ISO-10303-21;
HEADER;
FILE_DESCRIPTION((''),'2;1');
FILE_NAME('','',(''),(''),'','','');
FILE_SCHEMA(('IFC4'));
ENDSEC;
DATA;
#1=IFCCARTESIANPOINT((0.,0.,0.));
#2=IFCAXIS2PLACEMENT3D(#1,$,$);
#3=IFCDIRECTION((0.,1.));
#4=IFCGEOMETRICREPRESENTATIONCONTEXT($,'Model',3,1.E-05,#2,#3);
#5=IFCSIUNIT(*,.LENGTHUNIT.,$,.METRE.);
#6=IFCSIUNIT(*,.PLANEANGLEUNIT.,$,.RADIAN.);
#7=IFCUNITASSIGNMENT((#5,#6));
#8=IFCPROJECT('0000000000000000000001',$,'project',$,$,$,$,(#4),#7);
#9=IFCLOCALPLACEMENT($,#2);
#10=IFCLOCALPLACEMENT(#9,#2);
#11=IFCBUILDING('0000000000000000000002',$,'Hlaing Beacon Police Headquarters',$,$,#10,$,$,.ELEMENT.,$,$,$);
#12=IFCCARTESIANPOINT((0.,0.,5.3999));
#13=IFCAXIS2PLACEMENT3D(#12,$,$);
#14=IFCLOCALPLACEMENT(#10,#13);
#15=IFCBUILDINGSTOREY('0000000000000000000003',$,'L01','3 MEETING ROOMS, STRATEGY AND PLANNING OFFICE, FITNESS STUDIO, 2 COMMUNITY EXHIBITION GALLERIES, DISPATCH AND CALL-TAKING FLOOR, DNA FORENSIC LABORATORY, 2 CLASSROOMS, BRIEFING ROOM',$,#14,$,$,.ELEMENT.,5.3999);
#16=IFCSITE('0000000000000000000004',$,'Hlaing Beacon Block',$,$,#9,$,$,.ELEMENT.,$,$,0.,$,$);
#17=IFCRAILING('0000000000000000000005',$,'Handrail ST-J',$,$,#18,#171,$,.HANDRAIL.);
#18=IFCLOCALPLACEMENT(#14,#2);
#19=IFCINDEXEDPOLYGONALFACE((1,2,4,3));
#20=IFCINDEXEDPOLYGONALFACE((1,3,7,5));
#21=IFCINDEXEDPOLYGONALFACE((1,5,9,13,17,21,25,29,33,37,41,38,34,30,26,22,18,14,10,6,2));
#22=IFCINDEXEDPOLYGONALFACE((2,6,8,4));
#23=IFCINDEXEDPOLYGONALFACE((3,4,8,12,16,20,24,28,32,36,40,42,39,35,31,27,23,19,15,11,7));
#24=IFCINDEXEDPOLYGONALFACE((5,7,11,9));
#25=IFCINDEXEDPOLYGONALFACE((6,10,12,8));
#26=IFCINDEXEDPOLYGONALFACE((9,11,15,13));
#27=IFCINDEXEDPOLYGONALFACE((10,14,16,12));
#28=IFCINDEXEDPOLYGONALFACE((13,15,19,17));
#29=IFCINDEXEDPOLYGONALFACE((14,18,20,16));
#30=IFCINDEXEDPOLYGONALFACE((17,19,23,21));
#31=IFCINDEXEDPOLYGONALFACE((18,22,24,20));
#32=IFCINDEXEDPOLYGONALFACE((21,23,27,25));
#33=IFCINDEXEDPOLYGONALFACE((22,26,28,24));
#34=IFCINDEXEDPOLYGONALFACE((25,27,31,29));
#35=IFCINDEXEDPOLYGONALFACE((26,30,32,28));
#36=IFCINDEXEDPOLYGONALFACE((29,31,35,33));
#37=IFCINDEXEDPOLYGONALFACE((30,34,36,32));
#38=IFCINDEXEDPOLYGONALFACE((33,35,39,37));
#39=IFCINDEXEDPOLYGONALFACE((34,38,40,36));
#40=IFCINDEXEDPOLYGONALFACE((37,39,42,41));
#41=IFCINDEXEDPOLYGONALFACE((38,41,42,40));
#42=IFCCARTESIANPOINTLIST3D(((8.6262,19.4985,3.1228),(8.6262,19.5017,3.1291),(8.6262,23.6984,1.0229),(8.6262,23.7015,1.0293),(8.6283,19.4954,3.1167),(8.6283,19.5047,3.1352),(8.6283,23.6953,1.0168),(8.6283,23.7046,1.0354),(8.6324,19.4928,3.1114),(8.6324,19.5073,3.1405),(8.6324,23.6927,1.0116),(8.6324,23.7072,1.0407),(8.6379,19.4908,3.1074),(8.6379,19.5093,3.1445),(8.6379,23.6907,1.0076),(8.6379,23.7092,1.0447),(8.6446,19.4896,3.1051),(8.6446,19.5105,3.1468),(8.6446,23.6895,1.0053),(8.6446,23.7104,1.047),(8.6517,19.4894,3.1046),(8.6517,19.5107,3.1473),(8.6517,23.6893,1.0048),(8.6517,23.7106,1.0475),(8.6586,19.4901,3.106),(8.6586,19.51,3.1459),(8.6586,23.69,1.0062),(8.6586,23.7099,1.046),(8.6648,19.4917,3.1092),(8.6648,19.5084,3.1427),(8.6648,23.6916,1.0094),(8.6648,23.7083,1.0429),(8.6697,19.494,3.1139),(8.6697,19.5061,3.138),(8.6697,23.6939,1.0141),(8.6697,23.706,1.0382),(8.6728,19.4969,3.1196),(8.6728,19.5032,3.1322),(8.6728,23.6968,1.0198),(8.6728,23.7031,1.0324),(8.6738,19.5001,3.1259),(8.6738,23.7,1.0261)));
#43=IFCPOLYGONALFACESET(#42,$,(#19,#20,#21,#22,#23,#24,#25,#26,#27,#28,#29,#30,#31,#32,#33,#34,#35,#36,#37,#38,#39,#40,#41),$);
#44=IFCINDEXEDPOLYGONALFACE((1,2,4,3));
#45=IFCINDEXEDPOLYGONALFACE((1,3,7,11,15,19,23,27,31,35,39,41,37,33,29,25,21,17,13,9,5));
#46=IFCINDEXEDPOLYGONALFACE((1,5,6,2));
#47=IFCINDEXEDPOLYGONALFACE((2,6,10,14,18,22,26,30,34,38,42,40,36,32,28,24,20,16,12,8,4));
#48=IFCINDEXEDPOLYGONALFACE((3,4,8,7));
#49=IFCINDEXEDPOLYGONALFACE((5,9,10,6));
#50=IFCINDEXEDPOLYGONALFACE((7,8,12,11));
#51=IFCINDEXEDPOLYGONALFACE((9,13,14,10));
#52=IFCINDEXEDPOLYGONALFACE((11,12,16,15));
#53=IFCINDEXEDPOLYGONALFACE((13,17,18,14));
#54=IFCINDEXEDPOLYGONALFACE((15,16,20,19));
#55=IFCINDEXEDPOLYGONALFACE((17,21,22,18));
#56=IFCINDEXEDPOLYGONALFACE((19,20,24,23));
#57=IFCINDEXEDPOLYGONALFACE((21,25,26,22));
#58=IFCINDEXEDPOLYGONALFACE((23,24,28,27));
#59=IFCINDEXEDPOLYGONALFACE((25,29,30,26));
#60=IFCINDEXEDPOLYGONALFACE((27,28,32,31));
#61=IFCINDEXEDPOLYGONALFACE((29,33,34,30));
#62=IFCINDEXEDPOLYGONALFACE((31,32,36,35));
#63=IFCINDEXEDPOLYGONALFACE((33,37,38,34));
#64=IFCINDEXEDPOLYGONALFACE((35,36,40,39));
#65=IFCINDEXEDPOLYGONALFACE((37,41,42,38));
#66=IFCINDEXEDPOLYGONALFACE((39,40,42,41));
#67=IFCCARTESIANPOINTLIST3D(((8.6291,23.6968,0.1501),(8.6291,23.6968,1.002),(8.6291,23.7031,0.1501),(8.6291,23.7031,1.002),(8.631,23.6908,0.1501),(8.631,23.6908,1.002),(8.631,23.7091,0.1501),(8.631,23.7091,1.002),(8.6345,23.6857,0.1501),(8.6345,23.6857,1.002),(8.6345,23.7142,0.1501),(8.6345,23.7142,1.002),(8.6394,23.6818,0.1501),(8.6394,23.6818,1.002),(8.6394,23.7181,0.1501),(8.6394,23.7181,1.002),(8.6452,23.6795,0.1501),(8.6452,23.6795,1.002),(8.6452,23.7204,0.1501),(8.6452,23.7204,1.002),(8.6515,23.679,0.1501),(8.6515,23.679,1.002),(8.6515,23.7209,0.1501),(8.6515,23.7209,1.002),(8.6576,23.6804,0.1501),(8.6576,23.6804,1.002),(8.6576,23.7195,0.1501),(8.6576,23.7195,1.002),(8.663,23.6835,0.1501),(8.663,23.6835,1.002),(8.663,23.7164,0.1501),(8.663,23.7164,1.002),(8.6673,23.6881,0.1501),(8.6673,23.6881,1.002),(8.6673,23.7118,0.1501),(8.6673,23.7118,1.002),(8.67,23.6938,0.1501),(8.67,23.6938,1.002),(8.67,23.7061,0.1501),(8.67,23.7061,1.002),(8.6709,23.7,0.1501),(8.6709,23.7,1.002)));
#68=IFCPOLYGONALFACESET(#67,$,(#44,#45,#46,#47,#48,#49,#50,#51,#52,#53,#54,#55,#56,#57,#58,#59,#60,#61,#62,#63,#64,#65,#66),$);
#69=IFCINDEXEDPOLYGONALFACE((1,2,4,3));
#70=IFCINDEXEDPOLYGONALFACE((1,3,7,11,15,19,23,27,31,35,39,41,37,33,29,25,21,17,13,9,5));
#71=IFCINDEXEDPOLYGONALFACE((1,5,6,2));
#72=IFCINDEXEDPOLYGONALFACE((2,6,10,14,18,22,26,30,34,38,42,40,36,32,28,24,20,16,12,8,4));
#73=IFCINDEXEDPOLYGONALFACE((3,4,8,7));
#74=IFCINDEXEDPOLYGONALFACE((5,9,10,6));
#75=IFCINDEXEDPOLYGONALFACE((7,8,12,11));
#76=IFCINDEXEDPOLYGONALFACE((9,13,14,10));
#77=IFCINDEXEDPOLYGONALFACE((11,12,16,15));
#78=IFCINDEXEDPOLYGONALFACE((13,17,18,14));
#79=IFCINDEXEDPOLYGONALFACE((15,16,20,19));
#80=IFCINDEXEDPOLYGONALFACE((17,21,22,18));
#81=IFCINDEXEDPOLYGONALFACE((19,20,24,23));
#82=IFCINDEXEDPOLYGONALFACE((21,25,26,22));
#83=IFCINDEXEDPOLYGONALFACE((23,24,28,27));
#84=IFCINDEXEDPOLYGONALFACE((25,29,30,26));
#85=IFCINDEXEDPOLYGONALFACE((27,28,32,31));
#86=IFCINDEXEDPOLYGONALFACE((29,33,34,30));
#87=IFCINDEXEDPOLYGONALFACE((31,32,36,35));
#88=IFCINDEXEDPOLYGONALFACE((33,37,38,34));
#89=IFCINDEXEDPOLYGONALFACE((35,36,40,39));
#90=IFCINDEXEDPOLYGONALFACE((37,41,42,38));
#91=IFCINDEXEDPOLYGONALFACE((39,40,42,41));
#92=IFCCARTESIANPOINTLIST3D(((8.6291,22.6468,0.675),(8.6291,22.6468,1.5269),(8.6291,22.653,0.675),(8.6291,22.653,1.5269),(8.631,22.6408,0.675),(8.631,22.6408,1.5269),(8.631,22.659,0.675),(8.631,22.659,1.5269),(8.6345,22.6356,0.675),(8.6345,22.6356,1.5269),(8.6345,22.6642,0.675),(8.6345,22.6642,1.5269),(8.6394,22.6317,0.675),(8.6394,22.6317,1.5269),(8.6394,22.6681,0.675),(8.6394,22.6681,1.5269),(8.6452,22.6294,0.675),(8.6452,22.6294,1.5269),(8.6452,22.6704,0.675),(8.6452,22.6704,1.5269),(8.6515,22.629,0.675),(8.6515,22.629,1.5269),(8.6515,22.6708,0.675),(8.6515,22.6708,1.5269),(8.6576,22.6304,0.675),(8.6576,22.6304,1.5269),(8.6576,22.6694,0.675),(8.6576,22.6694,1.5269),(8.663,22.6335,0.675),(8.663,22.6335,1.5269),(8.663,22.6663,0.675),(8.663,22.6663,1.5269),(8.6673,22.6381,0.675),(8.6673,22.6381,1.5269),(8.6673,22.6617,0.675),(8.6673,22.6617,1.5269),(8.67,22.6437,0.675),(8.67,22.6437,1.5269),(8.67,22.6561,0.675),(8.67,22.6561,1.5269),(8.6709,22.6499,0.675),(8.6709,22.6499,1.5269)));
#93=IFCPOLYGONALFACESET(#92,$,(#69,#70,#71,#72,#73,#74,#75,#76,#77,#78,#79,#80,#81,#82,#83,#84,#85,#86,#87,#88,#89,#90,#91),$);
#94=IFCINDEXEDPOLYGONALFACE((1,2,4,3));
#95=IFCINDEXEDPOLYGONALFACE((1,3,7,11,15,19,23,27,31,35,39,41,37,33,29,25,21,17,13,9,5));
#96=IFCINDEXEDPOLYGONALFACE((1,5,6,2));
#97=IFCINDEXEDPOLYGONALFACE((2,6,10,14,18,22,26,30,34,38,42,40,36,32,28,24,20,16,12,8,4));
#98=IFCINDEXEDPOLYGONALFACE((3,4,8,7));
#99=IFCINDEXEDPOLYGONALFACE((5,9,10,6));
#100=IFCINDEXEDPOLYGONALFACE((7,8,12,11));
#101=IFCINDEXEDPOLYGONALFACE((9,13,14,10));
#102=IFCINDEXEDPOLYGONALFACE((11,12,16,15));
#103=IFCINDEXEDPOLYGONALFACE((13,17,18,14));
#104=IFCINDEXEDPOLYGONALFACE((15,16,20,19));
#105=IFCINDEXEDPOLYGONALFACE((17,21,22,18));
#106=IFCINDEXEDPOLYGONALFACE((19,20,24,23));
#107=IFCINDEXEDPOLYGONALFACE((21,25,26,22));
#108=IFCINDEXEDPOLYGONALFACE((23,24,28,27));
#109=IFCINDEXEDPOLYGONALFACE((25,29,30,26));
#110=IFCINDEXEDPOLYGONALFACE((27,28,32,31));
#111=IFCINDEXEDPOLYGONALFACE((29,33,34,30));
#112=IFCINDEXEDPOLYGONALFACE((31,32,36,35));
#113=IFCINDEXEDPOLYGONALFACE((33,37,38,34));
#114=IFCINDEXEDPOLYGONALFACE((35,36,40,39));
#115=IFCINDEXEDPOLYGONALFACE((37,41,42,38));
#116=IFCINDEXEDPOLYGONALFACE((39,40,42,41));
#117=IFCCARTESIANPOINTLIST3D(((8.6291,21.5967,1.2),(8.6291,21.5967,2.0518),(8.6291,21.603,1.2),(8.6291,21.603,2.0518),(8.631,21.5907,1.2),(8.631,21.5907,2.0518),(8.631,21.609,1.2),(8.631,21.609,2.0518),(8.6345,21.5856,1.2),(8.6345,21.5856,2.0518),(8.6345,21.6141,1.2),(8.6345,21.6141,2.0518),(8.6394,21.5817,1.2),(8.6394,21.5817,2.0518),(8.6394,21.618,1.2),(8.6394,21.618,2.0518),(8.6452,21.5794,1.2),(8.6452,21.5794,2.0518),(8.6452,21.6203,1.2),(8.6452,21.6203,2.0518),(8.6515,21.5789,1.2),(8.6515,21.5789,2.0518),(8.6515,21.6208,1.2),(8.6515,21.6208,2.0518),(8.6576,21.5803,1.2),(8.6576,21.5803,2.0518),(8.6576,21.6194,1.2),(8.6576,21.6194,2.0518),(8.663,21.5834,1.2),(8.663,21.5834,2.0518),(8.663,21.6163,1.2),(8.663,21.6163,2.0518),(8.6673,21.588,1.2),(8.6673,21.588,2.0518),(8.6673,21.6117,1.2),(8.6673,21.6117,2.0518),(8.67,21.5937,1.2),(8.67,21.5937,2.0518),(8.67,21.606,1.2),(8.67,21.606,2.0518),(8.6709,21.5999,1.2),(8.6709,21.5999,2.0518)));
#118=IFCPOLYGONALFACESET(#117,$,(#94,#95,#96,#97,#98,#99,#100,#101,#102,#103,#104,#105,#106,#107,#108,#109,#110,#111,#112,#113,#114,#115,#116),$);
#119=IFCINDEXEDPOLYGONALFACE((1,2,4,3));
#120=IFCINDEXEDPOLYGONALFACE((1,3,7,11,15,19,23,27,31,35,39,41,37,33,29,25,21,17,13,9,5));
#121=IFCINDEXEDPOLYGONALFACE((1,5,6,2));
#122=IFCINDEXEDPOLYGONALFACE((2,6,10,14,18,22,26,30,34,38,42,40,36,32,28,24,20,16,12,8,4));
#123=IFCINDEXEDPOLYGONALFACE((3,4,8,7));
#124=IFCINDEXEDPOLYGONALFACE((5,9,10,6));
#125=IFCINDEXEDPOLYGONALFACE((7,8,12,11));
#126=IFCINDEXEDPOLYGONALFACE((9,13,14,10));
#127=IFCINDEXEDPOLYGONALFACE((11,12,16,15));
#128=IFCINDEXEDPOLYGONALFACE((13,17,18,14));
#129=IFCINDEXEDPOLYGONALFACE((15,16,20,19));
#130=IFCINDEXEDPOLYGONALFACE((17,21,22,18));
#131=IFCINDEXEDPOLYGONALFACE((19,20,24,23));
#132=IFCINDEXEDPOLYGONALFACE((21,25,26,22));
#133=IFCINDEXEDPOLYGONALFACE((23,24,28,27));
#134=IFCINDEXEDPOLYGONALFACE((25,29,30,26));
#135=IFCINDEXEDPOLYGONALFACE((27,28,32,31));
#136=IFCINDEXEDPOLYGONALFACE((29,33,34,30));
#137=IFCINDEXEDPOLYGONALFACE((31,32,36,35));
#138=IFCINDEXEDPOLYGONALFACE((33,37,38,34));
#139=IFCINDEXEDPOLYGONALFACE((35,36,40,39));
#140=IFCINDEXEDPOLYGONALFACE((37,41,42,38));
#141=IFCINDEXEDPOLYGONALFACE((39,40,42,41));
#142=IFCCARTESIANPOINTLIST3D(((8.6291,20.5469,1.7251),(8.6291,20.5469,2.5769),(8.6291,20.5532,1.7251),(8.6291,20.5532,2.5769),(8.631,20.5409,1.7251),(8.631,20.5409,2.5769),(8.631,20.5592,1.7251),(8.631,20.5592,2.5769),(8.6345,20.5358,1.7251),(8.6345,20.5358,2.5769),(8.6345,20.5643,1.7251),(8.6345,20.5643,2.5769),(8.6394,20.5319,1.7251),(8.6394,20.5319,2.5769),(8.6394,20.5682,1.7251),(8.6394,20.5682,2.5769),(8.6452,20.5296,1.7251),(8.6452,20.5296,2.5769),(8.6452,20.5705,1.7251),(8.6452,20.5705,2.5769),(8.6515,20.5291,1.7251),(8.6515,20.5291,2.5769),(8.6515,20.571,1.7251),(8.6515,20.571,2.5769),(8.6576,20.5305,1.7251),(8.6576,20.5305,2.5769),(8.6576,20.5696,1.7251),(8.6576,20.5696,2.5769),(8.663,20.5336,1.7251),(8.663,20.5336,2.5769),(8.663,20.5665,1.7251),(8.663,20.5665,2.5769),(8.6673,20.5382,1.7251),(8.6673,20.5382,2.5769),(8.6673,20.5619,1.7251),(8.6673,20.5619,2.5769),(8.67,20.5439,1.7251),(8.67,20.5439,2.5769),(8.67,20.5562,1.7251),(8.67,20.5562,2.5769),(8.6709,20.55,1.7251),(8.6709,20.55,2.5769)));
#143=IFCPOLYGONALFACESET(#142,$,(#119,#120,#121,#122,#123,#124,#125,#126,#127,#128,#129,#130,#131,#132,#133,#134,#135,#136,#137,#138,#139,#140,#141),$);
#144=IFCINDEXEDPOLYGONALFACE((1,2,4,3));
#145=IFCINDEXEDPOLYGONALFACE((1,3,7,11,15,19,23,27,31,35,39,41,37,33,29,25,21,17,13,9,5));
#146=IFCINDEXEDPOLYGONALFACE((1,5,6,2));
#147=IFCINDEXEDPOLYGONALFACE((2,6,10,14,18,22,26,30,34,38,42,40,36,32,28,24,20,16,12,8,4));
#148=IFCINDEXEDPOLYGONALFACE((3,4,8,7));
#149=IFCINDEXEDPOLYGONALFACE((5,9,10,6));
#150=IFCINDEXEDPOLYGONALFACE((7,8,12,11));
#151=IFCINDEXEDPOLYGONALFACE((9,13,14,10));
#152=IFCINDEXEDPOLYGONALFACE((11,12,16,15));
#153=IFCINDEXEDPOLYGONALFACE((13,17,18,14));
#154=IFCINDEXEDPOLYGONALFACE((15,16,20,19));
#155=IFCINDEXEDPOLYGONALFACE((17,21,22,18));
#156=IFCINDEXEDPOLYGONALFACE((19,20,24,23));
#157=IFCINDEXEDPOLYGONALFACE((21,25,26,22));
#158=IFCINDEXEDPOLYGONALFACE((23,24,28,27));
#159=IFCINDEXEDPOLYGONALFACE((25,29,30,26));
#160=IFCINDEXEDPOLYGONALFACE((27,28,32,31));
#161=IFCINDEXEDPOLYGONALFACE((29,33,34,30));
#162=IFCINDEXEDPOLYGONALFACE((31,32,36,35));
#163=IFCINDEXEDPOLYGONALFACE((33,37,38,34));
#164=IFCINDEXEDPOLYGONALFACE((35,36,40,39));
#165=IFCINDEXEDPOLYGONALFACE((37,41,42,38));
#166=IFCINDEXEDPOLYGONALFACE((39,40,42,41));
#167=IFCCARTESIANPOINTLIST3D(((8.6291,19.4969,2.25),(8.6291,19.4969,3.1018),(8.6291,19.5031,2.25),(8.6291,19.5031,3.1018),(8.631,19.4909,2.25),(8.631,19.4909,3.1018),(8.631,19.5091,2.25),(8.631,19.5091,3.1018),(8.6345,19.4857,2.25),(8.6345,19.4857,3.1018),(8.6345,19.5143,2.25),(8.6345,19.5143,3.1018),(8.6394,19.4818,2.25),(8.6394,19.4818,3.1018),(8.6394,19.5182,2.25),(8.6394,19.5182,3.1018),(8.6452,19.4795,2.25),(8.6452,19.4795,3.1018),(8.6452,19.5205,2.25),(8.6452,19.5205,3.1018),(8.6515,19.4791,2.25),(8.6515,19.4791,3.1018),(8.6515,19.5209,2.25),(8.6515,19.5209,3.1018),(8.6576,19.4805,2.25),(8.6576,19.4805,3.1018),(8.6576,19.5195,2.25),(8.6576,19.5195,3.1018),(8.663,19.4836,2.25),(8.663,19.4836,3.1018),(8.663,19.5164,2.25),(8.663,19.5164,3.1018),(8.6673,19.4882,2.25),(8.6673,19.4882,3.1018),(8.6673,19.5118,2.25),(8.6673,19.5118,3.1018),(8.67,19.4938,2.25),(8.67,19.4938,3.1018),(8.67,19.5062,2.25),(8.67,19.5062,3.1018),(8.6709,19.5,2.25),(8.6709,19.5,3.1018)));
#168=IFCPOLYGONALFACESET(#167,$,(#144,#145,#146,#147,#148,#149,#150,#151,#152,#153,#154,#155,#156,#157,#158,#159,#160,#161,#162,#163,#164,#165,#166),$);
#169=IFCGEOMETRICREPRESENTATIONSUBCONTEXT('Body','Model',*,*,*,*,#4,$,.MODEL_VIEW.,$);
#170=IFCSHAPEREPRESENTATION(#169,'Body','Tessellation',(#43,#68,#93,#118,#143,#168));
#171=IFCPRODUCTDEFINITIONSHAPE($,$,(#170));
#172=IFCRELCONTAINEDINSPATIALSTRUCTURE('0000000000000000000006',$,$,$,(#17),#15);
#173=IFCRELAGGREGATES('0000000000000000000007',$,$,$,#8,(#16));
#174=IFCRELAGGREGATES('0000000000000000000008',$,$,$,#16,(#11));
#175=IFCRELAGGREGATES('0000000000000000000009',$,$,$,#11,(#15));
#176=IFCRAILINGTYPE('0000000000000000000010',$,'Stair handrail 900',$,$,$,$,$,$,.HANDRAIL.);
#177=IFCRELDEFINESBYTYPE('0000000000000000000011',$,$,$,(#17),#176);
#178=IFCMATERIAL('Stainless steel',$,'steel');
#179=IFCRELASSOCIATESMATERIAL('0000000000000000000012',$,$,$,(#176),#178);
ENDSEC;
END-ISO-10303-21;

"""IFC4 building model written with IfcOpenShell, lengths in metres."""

from ifc_helpers import new_model, si_unit, direction, frame, origin, origin_2d, place, context, subcontext, project, spatial, circle, extrude, material, type_object, element, save


model = new_model("IFC4")

# Units and contexts
model_context = context("Model", 3, precision=1e-05, world=origin(), true_north=direction((0.0, 1.0)))
body_context = subcontext(model_context, "Body", "Model", "MODEL_VIEW")
ifc_project = project(units=[si_unit("LENGTHUNIT", "METRE"), si_unit("PLANEANGLEUNIT", "RADIAN")], contexts=[model_context])

# Site, building, storey
site_placement = place(None, origin())
site = spatial("IfcSite", under=ifc_project, at=site_placement, Name="Hlaing Beacon Block", CompositionType="ELEMENT", RefElevation=0.0)
building_placement = place(site_placement, origin())
building = spatial("IfcBuilding", under=site, at=building_placement, Name="Hlaing Beacon Police Headquarters", CompositionType="ELEMENT")
storey_placement = place(building_placement, frame((0.0, 0.0, 5.3999)))
storey = spatial("IfcBuildingStorey", under=building, at=storey_placement, Name="L01", Description="3 MEETING ROOMS, STRATEGY AND PLANNING OFFICE, FITNESS STUDIO, 2 COMMUNITY EXHIBITION GALLERIES, DISPATCH AND CALL-TAKING FLOOR, DNA FORENSIC LABORATORY, 2 CLASSROOMS, BRIEFING ROOM", CompositionType="ELEMENT", Elevation=5.3999)

# Railing
ifc_material_1 = material(Name="Stainless steel", Category="steel")
railing_type_1 = type_object("IfcRailingType", Name="Stair handrail 900", PredefinedType="HANDRAIL", material=ifc_material_1)
for number, where, name in (
    (1, (8.6499, 23.7, 0.1501), "Handrail ST-J"),
):
    element("IfcRailing", number, at=place(storey_placement, frame(where)), inside=storey, type_object=railing_type_1, Name=name, PredefinedType="HANDRAIL", context=body_context, shape_type="SweptSolid", body=[
        extrude(circle(Radius=0.0239, at=origin_2d()), frame((0.0, 0.0, 0.876), z_axis=(0.0, -0.894438, 0.447193), x_axis=(1.0, 0.0, 0.0)), (0.0, 0.0, 1.0), 4.6956),
        extrude(circle(Radius=0.021, at=origin_2d()), origin(), (0.0, 0.0, 1.0), 0.8518),
        extrude(circle(Radius=0.021, at=origin_2d()), frame((0.0, -1.05, 0.5249)), (0.0, 0.0, 1.0), 0.8518),
        extrude(circle(Radius=0.021, at=origin_2d()), frame((0.0, -2.1001, 1.0498)), (0.0, 0.0, 1.0), 0.8518),
        extrude(circle(Radius=0.021, at=origin_2d()), frame((0.0, -3.1499, 1.575)), (0.0, 0.0, 1.0), 0.8518),
        extrude(circle(Radius=0.021, at=origin_2d()), frame((0.0, -4.2, 2.0999)), (0.0, 0.0, 1.0), 0.8518),
    ])

save(model, "model.ifc")
